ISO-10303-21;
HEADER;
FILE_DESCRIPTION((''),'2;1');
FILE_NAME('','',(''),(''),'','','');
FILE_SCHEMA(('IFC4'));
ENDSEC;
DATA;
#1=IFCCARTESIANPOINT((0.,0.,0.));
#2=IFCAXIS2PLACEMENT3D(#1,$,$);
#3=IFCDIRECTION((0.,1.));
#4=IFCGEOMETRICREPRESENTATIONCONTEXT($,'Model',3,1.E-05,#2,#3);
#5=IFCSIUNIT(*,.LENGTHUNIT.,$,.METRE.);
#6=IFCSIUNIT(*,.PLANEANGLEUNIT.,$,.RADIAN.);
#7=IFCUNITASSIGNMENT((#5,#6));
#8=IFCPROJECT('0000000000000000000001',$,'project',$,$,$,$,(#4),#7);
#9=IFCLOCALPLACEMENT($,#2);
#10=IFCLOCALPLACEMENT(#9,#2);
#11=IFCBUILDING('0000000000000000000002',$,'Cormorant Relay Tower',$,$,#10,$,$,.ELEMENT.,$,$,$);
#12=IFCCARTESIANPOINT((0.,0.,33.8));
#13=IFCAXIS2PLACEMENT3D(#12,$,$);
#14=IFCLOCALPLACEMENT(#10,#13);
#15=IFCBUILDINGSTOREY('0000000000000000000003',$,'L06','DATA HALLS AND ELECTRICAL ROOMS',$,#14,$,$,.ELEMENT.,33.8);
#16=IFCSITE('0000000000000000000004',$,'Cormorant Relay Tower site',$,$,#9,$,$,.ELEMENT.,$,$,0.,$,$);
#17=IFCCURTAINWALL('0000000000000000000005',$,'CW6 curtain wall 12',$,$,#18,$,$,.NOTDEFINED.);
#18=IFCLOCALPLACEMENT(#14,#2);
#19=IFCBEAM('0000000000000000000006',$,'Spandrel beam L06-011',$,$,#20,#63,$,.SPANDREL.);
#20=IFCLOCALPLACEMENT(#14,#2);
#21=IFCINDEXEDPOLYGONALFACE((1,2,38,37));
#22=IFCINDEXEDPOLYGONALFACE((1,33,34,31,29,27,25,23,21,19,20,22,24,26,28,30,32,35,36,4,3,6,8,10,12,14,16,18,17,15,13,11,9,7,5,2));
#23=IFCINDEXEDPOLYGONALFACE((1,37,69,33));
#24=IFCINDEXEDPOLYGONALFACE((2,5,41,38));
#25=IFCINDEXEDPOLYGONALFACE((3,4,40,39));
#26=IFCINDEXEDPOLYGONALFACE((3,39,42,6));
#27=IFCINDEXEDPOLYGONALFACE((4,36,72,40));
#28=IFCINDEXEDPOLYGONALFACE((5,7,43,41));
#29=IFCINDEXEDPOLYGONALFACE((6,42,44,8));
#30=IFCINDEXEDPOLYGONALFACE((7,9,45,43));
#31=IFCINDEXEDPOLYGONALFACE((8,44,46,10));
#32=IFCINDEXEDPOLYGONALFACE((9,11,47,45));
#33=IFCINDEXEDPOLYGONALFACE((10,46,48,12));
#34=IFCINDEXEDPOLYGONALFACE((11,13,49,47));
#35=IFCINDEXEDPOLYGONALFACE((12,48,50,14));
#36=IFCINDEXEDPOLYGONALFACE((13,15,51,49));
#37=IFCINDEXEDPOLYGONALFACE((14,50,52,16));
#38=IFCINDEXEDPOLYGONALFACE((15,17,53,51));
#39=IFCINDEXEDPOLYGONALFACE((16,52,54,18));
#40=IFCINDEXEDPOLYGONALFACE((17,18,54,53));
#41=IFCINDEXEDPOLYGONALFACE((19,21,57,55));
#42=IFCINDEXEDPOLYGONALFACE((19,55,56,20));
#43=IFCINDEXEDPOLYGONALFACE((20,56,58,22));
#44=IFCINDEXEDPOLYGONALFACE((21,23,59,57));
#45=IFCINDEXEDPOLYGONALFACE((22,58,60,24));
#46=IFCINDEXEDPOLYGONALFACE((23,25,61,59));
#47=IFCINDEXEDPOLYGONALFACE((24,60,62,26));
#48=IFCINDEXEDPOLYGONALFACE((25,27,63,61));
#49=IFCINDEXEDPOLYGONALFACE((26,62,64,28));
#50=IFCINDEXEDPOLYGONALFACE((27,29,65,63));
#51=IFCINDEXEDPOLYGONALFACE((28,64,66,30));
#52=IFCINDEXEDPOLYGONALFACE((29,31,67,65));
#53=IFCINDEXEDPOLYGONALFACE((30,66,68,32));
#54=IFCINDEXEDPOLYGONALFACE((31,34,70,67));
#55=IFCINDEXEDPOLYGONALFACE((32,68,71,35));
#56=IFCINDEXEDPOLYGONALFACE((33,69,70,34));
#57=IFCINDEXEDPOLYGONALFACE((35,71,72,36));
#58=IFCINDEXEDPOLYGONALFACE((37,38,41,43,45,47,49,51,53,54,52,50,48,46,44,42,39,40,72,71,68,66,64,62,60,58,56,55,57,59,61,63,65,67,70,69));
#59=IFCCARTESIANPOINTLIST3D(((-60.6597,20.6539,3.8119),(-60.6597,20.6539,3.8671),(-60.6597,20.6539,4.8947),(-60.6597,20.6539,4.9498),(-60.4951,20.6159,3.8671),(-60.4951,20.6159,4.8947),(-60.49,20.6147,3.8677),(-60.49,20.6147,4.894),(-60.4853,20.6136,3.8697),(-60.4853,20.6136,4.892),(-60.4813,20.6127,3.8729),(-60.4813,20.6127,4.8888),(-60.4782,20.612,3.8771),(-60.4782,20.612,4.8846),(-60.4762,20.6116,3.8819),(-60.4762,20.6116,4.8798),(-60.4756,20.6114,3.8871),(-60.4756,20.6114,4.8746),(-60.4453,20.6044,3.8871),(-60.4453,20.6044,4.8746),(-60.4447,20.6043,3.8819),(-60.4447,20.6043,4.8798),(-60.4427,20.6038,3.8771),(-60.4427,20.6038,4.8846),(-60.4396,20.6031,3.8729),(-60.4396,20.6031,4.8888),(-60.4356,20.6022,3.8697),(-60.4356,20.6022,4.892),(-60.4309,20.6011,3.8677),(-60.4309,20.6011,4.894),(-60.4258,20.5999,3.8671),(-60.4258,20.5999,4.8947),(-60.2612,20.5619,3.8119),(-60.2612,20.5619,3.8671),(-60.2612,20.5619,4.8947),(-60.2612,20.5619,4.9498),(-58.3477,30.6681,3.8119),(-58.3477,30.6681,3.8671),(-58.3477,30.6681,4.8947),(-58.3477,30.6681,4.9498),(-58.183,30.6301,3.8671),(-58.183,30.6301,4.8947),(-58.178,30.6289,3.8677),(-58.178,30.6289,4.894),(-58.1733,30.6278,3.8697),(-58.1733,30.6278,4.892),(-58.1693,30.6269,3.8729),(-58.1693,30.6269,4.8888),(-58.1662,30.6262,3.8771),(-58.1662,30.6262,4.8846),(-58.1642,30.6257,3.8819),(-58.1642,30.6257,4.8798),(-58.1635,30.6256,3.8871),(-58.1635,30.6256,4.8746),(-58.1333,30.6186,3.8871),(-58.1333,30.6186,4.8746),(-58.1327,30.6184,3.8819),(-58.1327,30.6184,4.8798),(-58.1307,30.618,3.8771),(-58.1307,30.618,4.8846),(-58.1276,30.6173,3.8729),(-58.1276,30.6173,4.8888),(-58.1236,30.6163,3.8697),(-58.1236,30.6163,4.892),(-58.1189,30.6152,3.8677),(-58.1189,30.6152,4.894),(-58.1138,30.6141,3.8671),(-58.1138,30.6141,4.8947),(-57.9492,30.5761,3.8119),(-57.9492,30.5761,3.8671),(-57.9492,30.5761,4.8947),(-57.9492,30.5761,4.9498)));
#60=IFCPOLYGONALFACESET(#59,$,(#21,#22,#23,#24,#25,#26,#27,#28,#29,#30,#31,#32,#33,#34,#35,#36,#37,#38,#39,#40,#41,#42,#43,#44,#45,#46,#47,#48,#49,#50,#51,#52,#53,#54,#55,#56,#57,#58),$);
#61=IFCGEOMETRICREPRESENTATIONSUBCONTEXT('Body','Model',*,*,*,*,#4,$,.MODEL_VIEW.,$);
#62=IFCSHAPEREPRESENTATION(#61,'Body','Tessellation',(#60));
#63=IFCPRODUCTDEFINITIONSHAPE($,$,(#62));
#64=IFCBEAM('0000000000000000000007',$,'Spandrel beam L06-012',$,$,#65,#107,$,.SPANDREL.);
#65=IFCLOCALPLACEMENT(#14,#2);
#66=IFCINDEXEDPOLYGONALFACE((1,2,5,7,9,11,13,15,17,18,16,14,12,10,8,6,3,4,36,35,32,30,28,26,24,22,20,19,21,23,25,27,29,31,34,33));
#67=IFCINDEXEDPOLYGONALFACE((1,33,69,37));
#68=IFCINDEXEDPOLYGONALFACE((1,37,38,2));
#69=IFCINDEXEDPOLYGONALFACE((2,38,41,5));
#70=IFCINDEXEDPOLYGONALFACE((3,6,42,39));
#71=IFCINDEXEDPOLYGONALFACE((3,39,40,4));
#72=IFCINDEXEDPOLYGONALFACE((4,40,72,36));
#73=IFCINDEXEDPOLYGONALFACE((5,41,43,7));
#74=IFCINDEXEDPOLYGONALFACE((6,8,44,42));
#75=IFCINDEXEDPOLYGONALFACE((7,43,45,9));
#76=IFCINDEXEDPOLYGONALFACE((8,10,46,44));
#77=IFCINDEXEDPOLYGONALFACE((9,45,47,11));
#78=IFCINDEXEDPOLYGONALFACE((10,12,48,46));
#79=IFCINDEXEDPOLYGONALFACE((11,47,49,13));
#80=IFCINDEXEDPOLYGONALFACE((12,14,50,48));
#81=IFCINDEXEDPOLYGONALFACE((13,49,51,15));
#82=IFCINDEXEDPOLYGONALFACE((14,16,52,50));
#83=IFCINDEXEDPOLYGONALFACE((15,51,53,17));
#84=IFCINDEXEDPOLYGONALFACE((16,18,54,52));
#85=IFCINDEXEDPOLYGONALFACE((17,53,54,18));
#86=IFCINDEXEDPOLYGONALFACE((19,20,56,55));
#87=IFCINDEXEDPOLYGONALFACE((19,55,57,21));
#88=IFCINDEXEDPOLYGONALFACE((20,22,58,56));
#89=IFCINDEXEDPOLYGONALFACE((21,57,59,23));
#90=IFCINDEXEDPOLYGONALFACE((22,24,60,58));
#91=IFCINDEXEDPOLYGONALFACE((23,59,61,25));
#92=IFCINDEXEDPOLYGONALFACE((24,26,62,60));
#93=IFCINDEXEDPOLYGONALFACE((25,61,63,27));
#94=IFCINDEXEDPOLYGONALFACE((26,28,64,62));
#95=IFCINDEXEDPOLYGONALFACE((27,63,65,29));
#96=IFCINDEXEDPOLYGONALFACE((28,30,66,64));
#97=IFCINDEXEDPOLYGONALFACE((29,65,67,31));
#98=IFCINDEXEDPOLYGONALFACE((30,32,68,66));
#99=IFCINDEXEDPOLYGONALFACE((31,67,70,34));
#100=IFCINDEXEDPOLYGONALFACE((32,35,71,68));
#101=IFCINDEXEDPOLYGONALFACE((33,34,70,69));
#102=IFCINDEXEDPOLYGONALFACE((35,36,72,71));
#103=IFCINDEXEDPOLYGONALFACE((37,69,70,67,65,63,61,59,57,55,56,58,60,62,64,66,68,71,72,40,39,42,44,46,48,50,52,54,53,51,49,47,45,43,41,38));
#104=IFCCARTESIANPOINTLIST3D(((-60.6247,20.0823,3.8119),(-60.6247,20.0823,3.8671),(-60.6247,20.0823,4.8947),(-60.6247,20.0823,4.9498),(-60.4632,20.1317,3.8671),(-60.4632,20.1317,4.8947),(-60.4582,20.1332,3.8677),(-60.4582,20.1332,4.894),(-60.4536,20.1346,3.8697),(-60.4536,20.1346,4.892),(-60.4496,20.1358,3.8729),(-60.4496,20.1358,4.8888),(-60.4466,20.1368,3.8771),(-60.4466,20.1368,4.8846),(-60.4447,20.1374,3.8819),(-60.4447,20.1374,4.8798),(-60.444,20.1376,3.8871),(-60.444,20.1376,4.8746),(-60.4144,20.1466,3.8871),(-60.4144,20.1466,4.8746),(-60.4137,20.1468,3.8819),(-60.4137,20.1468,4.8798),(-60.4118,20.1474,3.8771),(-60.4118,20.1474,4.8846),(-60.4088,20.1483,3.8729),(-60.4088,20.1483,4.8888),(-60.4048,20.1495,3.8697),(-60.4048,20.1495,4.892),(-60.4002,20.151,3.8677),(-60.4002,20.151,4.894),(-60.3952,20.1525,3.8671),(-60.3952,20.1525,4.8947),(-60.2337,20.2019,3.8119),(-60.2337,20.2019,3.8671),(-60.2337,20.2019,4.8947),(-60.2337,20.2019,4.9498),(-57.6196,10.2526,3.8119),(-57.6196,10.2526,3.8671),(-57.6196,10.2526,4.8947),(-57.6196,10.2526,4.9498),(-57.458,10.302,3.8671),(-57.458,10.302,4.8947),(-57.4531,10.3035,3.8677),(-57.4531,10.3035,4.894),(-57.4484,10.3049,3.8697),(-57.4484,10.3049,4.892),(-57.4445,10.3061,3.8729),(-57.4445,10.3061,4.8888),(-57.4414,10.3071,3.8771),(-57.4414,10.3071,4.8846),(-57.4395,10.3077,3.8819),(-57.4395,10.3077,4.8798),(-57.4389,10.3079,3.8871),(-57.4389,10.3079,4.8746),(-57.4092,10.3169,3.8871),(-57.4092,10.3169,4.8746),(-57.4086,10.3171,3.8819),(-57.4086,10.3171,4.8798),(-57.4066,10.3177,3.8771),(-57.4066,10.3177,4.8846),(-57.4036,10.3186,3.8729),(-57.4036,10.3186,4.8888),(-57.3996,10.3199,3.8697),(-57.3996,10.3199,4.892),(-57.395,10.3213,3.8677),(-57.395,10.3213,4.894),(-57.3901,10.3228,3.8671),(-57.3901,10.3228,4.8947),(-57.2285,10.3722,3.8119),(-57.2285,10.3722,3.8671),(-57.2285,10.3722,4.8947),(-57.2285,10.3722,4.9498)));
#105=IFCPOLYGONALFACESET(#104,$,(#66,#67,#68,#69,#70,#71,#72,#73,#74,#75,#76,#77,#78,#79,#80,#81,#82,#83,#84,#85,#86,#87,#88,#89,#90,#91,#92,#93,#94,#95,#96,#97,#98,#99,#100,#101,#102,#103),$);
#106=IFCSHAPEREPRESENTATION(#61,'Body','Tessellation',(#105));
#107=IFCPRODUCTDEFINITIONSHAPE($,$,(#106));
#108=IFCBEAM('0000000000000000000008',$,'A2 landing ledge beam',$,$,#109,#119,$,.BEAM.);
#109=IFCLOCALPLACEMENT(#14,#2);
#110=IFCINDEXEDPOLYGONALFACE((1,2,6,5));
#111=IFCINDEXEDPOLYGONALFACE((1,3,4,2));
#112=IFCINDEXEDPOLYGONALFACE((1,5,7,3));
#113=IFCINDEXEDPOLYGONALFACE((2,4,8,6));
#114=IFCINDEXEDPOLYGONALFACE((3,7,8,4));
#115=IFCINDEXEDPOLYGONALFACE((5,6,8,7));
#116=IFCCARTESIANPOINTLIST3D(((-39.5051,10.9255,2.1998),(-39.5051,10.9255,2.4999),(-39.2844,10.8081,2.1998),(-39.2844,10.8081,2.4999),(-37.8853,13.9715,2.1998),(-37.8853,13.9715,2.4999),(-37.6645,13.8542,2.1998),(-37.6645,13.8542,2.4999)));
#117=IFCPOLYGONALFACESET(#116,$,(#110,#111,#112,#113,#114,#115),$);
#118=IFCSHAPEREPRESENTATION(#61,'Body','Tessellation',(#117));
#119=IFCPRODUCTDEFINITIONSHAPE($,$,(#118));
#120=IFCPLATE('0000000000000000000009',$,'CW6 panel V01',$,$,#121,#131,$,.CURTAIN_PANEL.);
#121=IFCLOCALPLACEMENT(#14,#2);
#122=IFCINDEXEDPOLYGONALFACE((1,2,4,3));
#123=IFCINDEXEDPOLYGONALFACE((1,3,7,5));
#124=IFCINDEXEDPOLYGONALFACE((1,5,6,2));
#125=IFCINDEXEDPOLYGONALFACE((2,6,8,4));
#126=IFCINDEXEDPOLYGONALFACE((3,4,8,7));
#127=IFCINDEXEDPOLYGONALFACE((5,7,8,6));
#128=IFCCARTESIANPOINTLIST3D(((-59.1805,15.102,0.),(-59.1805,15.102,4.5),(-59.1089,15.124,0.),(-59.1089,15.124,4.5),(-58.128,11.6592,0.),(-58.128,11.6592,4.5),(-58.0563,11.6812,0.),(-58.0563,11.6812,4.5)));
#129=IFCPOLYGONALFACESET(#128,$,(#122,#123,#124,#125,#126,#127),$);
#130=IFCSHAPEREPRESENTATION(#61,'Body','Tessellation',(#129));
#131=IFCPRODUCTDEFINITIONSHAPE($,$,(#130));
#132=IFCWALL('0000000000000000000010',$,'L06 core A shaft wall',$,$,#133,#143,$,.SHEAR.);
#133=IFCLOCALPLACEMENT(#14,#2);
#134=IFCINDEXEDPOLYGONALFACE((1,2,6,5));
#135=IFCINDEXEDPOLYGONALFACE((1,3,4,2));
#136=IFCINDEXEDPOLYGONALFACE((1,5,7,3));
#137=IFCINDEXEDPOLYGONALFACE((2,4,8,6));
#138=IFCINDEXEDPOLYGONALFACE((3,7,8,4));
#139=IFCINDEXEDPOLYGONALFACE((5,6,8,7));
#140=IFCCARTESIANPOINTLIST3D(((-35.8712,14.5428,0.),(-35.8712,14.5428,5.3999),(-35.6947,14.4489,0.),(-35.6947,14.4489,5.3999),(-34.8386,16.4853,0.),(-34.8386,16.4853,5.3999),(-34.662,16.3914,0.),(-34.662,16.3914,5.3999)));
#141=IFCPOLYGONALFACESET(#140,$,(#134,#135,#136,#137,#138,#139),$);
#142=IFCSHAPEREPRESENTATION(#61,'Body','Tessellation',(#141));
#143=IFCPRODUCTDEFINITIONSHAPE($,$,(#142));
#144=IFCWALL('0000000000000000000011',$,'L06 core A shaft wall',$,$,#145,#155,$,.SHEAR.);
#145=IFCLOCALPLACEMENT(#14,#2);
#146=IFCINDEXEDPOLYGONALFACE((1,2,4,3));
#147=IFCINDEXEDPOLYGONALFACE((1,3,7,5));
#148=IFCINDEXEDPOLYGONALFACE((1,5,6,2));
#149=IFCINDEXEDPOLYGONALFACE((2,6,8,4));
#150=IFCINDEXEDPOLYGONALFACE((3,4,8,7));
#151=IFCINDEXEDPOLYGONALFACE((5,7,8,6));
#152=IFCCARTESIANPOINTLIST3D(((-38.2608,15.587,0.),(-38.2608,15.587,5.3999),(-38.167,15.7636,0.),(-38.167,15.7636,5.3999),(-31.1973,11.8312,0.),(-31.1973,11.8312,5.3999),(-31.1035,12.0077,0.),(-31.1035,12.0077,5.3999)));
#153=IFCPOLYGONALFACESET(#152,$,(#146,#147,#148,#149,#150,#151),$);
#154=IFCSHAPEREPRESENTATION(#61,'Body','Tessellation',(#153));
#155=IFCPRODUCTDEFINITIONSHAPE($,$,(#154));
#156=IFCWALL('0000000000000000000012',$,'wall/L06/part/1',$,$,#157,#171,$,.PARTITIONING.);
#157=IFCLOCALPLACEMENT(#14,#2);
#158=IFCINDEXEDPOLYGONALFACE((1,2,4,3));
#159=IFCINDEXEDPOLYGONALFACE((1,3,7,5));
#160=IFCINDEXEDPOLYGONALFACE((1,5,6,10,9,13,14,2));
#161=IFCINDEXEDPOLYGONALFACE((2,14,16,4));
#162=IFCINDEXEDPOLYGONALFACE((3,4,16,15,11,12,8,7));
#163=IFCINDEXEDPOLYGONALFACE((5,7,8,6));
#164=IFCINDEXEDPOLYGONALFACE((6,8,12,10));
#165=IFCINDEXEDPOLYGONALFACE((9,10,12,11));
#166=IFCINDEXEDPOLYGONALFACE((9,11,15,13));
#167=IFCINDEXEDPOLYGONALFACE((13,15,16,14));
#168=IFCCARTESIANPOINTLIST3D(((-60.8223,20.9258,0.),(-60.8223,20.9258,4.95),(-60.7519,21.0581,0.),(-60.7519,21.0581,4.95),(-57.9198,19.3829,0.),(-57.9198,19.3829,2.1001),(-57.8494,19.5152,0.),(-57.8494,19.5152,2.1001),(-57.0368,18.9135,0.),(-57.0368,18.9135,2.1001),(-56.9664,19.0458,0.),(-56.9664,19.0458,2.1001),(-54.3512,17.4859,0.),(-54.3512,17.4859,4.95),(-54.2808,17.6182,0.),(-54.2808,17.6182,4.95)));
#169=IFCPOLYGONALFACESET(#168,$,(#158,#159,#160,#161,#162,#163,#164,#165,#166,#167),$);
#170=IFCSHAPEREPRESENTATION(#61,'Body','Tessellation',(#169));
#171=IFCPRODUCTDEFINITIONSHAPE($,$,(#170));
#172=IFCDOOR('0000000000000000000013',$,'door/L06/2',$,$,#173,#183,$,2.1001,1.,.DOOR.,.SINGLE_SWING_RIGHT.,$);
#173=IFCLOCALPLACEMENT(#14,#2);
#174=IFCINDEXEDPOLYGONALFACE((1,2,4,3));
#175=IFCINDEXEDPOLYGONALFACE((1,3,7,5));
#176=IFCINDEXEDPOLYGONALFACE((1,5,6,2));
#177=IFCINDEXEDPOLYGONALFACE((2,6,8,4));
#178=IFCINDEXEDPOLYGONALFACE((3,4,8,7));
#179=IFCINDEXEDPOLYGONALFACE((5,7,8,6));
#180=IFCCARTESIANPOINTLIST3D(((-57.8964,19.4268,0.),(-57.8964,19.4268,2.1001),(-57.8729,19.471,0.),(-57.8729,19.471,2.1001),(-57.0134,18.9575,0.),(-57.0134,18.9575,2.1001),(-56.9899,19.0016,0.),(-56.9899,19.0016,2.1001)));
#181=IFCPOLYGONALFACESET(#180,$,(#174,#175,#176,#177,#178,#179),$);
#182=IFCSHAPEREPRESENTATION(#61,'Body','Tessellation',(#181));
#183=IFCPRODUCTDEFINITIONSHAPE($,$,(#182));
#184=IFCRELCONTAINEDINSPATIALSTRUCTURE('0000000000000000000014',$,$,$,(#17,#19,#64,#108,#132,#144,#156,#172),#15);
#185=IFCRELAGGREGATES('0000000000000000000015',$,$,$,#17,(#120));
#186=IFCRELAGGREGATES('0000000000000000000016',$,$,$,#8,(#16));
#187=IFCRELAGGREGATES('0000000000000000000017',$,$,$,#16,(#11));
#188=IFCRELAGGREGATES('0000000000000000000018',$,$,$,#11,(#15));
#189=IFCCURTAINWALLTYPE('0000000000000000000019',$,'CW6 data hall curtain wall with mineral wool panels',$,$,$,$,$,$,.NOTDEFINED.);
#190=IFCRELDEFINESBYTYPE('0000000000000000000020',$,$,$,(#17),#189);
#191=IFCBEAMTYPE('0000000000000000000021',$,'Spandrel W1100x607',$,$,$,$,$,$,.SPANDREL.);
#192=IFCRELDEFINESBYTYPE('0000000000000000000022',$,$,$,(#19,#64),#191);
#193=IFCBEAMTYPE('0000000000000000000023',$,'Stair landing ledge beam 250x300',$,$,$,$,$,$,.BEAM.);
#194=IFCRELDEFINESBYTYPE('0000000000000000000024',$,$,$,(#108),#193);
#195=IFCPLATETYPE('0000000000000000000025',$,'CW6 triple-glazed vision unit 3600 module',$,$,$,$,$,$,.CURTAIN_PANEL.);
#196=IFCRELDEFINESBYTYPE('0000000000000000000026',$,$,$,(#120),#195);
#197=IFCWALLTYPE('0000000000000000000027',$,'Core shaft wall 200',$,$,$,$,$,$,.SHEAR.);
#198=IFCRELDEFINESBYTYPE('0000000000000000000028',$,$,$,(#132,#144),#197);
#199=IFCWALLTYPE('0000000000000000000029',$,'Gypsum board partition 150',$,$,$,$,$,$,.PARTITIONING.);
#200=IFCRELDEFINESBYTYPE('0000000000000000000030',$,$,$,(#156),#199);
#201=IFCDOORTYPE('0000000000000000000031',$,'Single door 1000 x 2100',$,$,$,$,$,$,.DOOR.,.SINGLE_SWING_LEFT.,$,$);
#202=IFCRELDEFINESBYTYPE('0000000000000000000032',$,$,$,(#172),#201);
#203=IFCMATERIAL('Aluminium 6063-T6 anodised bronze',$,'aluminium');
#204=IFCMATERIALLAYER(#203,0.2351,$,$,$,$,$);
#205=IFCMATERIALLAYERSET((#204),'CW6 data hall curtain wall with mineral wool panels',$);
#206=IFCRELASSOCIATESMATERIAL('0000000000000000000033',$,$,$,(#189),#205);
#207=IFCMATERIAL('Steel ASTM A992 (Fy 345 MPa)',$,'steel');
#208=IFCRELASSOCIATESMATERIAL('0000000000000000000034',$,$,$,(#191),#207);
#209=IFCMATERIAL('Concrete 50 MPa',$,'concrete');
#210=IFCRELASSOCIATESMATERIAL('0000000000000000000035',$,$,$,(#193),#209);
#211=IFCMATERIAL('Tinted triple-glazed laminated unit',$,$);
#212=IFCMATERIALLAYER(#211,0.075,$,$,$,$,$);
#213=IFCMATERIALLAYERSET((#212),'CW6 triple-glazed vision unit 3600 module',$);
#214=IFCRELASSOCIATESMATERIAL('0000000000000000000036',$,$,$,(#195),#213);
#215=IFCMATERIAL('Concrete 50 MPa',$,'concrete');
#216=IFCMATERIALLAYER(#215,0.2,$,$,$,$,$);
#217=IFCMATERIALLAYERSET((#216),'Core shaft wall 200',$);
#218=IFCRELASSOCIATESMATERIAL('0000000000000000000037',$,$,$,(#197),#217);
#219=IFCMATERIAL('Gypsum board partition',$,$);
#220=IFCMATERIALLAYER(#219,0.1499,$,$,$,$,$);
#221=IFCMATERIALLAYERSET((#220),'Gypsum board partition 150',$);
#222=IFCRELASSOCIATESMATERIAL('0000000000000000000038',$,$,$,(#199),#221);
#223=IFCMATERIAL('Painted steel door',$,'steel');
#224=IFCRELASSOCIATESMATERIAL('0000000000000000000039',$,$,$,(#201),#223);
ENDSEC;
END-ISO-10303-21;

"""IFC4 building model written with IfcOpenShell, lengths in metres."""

from ifc_helpers import new_model, si_unit, direction, frame, frame_2d, origin, origin_2d, place, context, subcontext, project, spatial, rectangle, i_section, extrude, material, layer, layer_set, material_profile, profile_set, type_object, element, fill, aggregate, save


model = new_model("IFC4")

# Units and contexts
model_context = context("Model", 3, precision=1e-05, world=origin(), true_north=direction((0.0, 1.0)))
body_context = subcontext(model_context, "Body", "Model", "MODEL_VIEW")
ifc_project = project(units=[si_unit("LENGTHUNIT", "METRE"), si_unit("PLANEANGLEUNIT", "RADIAN")], contexts=[model_context])

# Site, building, storey
site_placement = place(None, origin())
site = spatial("IfcSite", under=ifc_project, at=site_placement, Name="Cormorant Relay Tower site", CompositionType="ELEMENT", RefElevation=0.0)
building_placement = place(site_placement, origin())
building = spatial("IfcBuilding", under=site, at=building_placement, Name="Cormorant Relay Tower", CompositionType="ELEMENT")
storey_placement = place(building_placement, frame((0.0, 0.0, 33.8)))
storey = spatial("IfcBuildingStorey", under=building, at=storey_placement, Name="L06", Description="DATA HALLS AND ELECTRICAL ROOMS", CompositionType="ELEMENT", Elevation=33.8)

# Shared definitions
ifc_material_1 = material(Name="Aluminium 6063-T6 anodised bronze", Category="aluminium")
ifc_layer_1 = layer(ifc_material_1, 0.2351)
ifc_layer_set_1 = layer_set([ifc_layer_1], Name="CW6 data hall curtain wall with mineral wool panels")
curtain_wall_type = type_object("IfcCurtainWallType", Name="CW6 data hall curtain wall with mineral wool panels", PredefinedType="NOTDEFINED", material=ifc_layer_set_1)

# Curtain wall
curtain_wall_1_placement = place(storey_placement, origin())
curtain_wall_1 = element("IfcCurtainWall", 1, at=curtain_wall_1_placement, inside=storey, type_object=curtain_wall_type, Name="CW6 curtain wall 12", PredefinedType="NOTDEFINED")

# Beams
ifc_material_2 = material(Name="Steel ASTM A992 (Fy 345 MPa)", Category="steel")
ifc_material_profile_1 = material_profile(ifc_material_2, i_section(OverallWidth=0.4089, OverallDepth=1.1379, WebThickness=0.031, FlangeThickness=0.0552, FilletRadius=0.02, at=origin_2d()), Name="W1100x607")
ifc_profile_set_1 = profile_set([ifc_material_profile_1], Name="Steel ASTM A992 (Fy 345 MPa)")
beam_type_1 = type_object("IfcBeamType", Name="Spandrel W1100x607", PredefinedType="SPANDREL", material=ifc_profile_set_1)
beam_1_placement = place(storey_placement, frame((-58.1484, 30.6221, 4.3809), z_axis=(-0.224957, -0.974369, 0.0), x_axis=(0.974369, -0.224957, 0.0)))
element("IfcBeam", 2, at=beam_1_placement, inside=storey, type_object=beam_type_1, Name="Spandrel beam L06-011", PredefinedType="SPANDREL", context=body_context, shape_type="SweptSolid", body=[
    extrude(i_section(OverallWidth=0.4089, OverallDepth=1.1379, WebThickness=0.031, FlangeThickness=0.0552, FilletRadius=0.02, at=origin_2d()), origin(), (0.0, 0.0, 1.0), 10.2776),
])
beam_2_placement = place(storey_placement, frame((-60.4292, 20.1421, 4.3809), z_axis=(0.292365, -0.956307, 0.0), x_axis=(0.956307, 0.292365, 0.0)))
element("IfcBeam", 3, at=beam_2_placement, inside=storey, type_object=beam_type_1, Name="Spandrel beam L06-012", PredefinedType="SPANDREL", context=body_context, shape_type="SweptSolid", body=[
    extrude(i_section(OverallWidth=0.4089, OverallDepth=1.1379, WebThickness=0.031, FlangeThickness=0.0552, FilletRadius=0.02, at=origin_2d()), origin(), (0.0, 0.0, 1.0), 10.2788),
])
ifc_material_3 = material(Name="Concrete 50 MPa", Category="concrete")
ifc_material_profile_2 = material_profile(ifc_material_3, rectangle(XDim=0.25, YDim=0.3, at=origin_2d()), Name="RC 250x300")
ifc_profile_set_2 = profile_set([ifc_material_profile_2], Name="Concrete 50 MPa")
beam_type_2 = type_object("IfcBeamType", Name="Stair landing ledge beam 250x300", PredefinedType="BEAM", material=ifc_profile_set_2)
beam_3_placement = place(storey_placement, frame((-37.7749, 13.9128, 2.3499), z_axis=(-0.469519, -0.882922, 0.0), x_axis=(0.882922, -0.469519, 0.0)))
element("IfcBeam", 4, at=beam_3_placement, inside=storey, type_object=beam_type_2, Name="A2 landing ledge beam", PredefinedType="BEAM", context=body_context, shape_type="SweptSolid", body=[
    extrude(rectangle(XDim=0.25, YDim=0.3, at=origin_2d()), origin(), (0.0, 0.0, 1.0), 3.45),
])

# Plate
ifc_material_4 = material(Name="Tinted triple-glazed laminated unit")
ifc_layer_2 = layer(ifc_material_4, 0.075)
ifc_layer_set_2 = layer_set([ifc_layer_2], Name="CW6 triple-glazed vision unit 3600 module")
plate_type = type_object("IfcPlateType", Name="CW6 triple-glazed vision unit 3600 module", PredefinedType="CURTAIN_PANEL", material=ifc_layer_set_2)
plate_placement = place(storey_placement, frame((-58.6184, 13.3916, 0.0), z_axis=(0.0, 0.0, 1.0), x_axis=(0.292372, -0.956305, 0.0)))
plate = element("IfcPlate", 5, at=plate_placement, type_object=plate_type, Name="CW6 panel V01", PredefinedType="CURTAIN_PANEL", context=body_context, shape_type="SweptSolid", body=[
    extrude(rectangle(XDim=3.6001, YDim=0.075, at=origin_2d()), origin(), (0.0, 0.0, 1.0), 4.5),
])

# Walls
ifc_material_5 = material(Name="Concrete 50 MPa", Category="concrete")
ifc_layer_3 = layer(ifc_material_5, 0.2)
ifc_layer_set_3 = layer_set([ifc_layer_3], Name="Core shaft wall 200")
wall_type_1 = type_object("IfcWallType", Name="Core shaft wall 200", PredefinedType="SHEAR", material=ifc_layer_set_3)
wall_1_placement = place(storey_placement, frame((-34.7502, 16.4385, 0.0), z_axis=(0.0, 0.0, 1.0), x_axis=(-0.469401, -0.882985, 0.0)))
element("IfcWall", 6, at=wall_1_placement, inside=storey, type_object=wall_type_1, Name="L06 core A shaft wall", PredefinedType="SHEAR", context=body_context, shape_type="SweptSolid", body=[
    extrude(rectangle(XDim=2.2, YDim=0.2, at=frame_2d((1.1001, 0.0))), origin(), (0.0, 0.0, 1.0), 5.3999),
])
wall_2_placement = place(storey_placement, frame((-31.1504, 11.9194, 0.0), z_axis=(0.0, 0.0, 1.0), x_axis=(-0.88294, 0.469485, 0.0)))
element("IfcWall", 7, at=wall_2_placement, inside=storey, type_object=wall_type_1, Name="L06 core A shaft wall", PredefinedType="SHEAR", context=body_context, shape_type="SweptSolid", body=[
    extrude(rectangle(XDim=8.0, YDim=0.2, at=frame_2d((4.0, 0.0))), origin(), (0.0, 0.0, 1.0), 5.3999),
])

# Wall, opening, door
ifc_material_6 = material(Name="Gypsum board partition")
ifc_layer_4 = layer(ifc_material_6, 0.1499)
ifc_layer_set_4 = layer_set([ifc_layer_4], Name="Gypsum board partition 150")
wall_type_2 = type_object("IfcWallType", Name="Gypsum board partition 150", PredefinedType="PARTITIONING", material=ifc_layer_set_4)
wall_3_placement = place(storey_placement, frame((-60.7871, 20.9919, 0.0), z_axis=(0.0, 0.0, 1.0), x_axis=(0.882996, -0.469381, 0.0)))
wall_3 = element("IfcWall", 8, at=wall_3_placement, inside=storey, type_object=wall_type_2, Name="wall/L06/part/1", PredefinedType="PARTITIONING", context=body_context, shape_type="SweptSolid", body=[
    extrude(rectangle(XDim=7.3286, YDim=0.1499, at=frame_2d((3.6643, 0.0))), origin(), (0.0, 0.0, 1.0), 4.95),
])
opening_1_placement = place(wall_3_placement, frame((3.2871, 0.0, 0.0)))
opening_1 = element("IfcOpeningElement", 9, at=opening_1_placement, cuts=wall_3, PredefinedType="OPENING", context=body_context, shape_type="SweptSolid", body=[
    extrude(rectangle(XDim=1.0, YDim=2.1001, at=frame_2d((0.5, 1.05))), frame((0.0, 0.085, 0.0), z_axis=(0.0, -1.0, 0.0), x_axis=(1.0, 0.0, 0.0)), (0.0, 0.0, 1.0), 0.1699),
])
ifc_material_7 = material(Name="Painted steel door", Category="steel")
door_type_1 = type_object("IfcDoorType", Name="Single door 1000 x 2100", OperationType="SINGLE_SWING_LEFT", PredefinedType="DOOR", material=ifc_material_7)
door_1_placement = place(opening_1_placement, origin())
door_1 = element("IfcDoor", 10, at=door_1_placement, inside=storey, type_object=door_type_1, Name="door/L06/2", OperationType="SINGLE_SWING_RIGHT", OverallHeight=2.1001, OverallWidth=1.0, PredefinedType="DOOR", context=body_context, shape_type="SweptSolid", body=[
    extrude(rectangle(XDim=1.0, YDim=2.1001, at=frame_2d((0.5, 1.05))), frame((0.0, 0.0249, 0.0), z_axis=(0.0, -1.0, 0.0), x_axis=(1.0, 0.0, 0.0)), (0.0, 0.0, 1.0), 0.05),
])
fill(opening_1, door_1)

aggregate(curtain_wall_1, [plate])

save(model, "model.ifc")
